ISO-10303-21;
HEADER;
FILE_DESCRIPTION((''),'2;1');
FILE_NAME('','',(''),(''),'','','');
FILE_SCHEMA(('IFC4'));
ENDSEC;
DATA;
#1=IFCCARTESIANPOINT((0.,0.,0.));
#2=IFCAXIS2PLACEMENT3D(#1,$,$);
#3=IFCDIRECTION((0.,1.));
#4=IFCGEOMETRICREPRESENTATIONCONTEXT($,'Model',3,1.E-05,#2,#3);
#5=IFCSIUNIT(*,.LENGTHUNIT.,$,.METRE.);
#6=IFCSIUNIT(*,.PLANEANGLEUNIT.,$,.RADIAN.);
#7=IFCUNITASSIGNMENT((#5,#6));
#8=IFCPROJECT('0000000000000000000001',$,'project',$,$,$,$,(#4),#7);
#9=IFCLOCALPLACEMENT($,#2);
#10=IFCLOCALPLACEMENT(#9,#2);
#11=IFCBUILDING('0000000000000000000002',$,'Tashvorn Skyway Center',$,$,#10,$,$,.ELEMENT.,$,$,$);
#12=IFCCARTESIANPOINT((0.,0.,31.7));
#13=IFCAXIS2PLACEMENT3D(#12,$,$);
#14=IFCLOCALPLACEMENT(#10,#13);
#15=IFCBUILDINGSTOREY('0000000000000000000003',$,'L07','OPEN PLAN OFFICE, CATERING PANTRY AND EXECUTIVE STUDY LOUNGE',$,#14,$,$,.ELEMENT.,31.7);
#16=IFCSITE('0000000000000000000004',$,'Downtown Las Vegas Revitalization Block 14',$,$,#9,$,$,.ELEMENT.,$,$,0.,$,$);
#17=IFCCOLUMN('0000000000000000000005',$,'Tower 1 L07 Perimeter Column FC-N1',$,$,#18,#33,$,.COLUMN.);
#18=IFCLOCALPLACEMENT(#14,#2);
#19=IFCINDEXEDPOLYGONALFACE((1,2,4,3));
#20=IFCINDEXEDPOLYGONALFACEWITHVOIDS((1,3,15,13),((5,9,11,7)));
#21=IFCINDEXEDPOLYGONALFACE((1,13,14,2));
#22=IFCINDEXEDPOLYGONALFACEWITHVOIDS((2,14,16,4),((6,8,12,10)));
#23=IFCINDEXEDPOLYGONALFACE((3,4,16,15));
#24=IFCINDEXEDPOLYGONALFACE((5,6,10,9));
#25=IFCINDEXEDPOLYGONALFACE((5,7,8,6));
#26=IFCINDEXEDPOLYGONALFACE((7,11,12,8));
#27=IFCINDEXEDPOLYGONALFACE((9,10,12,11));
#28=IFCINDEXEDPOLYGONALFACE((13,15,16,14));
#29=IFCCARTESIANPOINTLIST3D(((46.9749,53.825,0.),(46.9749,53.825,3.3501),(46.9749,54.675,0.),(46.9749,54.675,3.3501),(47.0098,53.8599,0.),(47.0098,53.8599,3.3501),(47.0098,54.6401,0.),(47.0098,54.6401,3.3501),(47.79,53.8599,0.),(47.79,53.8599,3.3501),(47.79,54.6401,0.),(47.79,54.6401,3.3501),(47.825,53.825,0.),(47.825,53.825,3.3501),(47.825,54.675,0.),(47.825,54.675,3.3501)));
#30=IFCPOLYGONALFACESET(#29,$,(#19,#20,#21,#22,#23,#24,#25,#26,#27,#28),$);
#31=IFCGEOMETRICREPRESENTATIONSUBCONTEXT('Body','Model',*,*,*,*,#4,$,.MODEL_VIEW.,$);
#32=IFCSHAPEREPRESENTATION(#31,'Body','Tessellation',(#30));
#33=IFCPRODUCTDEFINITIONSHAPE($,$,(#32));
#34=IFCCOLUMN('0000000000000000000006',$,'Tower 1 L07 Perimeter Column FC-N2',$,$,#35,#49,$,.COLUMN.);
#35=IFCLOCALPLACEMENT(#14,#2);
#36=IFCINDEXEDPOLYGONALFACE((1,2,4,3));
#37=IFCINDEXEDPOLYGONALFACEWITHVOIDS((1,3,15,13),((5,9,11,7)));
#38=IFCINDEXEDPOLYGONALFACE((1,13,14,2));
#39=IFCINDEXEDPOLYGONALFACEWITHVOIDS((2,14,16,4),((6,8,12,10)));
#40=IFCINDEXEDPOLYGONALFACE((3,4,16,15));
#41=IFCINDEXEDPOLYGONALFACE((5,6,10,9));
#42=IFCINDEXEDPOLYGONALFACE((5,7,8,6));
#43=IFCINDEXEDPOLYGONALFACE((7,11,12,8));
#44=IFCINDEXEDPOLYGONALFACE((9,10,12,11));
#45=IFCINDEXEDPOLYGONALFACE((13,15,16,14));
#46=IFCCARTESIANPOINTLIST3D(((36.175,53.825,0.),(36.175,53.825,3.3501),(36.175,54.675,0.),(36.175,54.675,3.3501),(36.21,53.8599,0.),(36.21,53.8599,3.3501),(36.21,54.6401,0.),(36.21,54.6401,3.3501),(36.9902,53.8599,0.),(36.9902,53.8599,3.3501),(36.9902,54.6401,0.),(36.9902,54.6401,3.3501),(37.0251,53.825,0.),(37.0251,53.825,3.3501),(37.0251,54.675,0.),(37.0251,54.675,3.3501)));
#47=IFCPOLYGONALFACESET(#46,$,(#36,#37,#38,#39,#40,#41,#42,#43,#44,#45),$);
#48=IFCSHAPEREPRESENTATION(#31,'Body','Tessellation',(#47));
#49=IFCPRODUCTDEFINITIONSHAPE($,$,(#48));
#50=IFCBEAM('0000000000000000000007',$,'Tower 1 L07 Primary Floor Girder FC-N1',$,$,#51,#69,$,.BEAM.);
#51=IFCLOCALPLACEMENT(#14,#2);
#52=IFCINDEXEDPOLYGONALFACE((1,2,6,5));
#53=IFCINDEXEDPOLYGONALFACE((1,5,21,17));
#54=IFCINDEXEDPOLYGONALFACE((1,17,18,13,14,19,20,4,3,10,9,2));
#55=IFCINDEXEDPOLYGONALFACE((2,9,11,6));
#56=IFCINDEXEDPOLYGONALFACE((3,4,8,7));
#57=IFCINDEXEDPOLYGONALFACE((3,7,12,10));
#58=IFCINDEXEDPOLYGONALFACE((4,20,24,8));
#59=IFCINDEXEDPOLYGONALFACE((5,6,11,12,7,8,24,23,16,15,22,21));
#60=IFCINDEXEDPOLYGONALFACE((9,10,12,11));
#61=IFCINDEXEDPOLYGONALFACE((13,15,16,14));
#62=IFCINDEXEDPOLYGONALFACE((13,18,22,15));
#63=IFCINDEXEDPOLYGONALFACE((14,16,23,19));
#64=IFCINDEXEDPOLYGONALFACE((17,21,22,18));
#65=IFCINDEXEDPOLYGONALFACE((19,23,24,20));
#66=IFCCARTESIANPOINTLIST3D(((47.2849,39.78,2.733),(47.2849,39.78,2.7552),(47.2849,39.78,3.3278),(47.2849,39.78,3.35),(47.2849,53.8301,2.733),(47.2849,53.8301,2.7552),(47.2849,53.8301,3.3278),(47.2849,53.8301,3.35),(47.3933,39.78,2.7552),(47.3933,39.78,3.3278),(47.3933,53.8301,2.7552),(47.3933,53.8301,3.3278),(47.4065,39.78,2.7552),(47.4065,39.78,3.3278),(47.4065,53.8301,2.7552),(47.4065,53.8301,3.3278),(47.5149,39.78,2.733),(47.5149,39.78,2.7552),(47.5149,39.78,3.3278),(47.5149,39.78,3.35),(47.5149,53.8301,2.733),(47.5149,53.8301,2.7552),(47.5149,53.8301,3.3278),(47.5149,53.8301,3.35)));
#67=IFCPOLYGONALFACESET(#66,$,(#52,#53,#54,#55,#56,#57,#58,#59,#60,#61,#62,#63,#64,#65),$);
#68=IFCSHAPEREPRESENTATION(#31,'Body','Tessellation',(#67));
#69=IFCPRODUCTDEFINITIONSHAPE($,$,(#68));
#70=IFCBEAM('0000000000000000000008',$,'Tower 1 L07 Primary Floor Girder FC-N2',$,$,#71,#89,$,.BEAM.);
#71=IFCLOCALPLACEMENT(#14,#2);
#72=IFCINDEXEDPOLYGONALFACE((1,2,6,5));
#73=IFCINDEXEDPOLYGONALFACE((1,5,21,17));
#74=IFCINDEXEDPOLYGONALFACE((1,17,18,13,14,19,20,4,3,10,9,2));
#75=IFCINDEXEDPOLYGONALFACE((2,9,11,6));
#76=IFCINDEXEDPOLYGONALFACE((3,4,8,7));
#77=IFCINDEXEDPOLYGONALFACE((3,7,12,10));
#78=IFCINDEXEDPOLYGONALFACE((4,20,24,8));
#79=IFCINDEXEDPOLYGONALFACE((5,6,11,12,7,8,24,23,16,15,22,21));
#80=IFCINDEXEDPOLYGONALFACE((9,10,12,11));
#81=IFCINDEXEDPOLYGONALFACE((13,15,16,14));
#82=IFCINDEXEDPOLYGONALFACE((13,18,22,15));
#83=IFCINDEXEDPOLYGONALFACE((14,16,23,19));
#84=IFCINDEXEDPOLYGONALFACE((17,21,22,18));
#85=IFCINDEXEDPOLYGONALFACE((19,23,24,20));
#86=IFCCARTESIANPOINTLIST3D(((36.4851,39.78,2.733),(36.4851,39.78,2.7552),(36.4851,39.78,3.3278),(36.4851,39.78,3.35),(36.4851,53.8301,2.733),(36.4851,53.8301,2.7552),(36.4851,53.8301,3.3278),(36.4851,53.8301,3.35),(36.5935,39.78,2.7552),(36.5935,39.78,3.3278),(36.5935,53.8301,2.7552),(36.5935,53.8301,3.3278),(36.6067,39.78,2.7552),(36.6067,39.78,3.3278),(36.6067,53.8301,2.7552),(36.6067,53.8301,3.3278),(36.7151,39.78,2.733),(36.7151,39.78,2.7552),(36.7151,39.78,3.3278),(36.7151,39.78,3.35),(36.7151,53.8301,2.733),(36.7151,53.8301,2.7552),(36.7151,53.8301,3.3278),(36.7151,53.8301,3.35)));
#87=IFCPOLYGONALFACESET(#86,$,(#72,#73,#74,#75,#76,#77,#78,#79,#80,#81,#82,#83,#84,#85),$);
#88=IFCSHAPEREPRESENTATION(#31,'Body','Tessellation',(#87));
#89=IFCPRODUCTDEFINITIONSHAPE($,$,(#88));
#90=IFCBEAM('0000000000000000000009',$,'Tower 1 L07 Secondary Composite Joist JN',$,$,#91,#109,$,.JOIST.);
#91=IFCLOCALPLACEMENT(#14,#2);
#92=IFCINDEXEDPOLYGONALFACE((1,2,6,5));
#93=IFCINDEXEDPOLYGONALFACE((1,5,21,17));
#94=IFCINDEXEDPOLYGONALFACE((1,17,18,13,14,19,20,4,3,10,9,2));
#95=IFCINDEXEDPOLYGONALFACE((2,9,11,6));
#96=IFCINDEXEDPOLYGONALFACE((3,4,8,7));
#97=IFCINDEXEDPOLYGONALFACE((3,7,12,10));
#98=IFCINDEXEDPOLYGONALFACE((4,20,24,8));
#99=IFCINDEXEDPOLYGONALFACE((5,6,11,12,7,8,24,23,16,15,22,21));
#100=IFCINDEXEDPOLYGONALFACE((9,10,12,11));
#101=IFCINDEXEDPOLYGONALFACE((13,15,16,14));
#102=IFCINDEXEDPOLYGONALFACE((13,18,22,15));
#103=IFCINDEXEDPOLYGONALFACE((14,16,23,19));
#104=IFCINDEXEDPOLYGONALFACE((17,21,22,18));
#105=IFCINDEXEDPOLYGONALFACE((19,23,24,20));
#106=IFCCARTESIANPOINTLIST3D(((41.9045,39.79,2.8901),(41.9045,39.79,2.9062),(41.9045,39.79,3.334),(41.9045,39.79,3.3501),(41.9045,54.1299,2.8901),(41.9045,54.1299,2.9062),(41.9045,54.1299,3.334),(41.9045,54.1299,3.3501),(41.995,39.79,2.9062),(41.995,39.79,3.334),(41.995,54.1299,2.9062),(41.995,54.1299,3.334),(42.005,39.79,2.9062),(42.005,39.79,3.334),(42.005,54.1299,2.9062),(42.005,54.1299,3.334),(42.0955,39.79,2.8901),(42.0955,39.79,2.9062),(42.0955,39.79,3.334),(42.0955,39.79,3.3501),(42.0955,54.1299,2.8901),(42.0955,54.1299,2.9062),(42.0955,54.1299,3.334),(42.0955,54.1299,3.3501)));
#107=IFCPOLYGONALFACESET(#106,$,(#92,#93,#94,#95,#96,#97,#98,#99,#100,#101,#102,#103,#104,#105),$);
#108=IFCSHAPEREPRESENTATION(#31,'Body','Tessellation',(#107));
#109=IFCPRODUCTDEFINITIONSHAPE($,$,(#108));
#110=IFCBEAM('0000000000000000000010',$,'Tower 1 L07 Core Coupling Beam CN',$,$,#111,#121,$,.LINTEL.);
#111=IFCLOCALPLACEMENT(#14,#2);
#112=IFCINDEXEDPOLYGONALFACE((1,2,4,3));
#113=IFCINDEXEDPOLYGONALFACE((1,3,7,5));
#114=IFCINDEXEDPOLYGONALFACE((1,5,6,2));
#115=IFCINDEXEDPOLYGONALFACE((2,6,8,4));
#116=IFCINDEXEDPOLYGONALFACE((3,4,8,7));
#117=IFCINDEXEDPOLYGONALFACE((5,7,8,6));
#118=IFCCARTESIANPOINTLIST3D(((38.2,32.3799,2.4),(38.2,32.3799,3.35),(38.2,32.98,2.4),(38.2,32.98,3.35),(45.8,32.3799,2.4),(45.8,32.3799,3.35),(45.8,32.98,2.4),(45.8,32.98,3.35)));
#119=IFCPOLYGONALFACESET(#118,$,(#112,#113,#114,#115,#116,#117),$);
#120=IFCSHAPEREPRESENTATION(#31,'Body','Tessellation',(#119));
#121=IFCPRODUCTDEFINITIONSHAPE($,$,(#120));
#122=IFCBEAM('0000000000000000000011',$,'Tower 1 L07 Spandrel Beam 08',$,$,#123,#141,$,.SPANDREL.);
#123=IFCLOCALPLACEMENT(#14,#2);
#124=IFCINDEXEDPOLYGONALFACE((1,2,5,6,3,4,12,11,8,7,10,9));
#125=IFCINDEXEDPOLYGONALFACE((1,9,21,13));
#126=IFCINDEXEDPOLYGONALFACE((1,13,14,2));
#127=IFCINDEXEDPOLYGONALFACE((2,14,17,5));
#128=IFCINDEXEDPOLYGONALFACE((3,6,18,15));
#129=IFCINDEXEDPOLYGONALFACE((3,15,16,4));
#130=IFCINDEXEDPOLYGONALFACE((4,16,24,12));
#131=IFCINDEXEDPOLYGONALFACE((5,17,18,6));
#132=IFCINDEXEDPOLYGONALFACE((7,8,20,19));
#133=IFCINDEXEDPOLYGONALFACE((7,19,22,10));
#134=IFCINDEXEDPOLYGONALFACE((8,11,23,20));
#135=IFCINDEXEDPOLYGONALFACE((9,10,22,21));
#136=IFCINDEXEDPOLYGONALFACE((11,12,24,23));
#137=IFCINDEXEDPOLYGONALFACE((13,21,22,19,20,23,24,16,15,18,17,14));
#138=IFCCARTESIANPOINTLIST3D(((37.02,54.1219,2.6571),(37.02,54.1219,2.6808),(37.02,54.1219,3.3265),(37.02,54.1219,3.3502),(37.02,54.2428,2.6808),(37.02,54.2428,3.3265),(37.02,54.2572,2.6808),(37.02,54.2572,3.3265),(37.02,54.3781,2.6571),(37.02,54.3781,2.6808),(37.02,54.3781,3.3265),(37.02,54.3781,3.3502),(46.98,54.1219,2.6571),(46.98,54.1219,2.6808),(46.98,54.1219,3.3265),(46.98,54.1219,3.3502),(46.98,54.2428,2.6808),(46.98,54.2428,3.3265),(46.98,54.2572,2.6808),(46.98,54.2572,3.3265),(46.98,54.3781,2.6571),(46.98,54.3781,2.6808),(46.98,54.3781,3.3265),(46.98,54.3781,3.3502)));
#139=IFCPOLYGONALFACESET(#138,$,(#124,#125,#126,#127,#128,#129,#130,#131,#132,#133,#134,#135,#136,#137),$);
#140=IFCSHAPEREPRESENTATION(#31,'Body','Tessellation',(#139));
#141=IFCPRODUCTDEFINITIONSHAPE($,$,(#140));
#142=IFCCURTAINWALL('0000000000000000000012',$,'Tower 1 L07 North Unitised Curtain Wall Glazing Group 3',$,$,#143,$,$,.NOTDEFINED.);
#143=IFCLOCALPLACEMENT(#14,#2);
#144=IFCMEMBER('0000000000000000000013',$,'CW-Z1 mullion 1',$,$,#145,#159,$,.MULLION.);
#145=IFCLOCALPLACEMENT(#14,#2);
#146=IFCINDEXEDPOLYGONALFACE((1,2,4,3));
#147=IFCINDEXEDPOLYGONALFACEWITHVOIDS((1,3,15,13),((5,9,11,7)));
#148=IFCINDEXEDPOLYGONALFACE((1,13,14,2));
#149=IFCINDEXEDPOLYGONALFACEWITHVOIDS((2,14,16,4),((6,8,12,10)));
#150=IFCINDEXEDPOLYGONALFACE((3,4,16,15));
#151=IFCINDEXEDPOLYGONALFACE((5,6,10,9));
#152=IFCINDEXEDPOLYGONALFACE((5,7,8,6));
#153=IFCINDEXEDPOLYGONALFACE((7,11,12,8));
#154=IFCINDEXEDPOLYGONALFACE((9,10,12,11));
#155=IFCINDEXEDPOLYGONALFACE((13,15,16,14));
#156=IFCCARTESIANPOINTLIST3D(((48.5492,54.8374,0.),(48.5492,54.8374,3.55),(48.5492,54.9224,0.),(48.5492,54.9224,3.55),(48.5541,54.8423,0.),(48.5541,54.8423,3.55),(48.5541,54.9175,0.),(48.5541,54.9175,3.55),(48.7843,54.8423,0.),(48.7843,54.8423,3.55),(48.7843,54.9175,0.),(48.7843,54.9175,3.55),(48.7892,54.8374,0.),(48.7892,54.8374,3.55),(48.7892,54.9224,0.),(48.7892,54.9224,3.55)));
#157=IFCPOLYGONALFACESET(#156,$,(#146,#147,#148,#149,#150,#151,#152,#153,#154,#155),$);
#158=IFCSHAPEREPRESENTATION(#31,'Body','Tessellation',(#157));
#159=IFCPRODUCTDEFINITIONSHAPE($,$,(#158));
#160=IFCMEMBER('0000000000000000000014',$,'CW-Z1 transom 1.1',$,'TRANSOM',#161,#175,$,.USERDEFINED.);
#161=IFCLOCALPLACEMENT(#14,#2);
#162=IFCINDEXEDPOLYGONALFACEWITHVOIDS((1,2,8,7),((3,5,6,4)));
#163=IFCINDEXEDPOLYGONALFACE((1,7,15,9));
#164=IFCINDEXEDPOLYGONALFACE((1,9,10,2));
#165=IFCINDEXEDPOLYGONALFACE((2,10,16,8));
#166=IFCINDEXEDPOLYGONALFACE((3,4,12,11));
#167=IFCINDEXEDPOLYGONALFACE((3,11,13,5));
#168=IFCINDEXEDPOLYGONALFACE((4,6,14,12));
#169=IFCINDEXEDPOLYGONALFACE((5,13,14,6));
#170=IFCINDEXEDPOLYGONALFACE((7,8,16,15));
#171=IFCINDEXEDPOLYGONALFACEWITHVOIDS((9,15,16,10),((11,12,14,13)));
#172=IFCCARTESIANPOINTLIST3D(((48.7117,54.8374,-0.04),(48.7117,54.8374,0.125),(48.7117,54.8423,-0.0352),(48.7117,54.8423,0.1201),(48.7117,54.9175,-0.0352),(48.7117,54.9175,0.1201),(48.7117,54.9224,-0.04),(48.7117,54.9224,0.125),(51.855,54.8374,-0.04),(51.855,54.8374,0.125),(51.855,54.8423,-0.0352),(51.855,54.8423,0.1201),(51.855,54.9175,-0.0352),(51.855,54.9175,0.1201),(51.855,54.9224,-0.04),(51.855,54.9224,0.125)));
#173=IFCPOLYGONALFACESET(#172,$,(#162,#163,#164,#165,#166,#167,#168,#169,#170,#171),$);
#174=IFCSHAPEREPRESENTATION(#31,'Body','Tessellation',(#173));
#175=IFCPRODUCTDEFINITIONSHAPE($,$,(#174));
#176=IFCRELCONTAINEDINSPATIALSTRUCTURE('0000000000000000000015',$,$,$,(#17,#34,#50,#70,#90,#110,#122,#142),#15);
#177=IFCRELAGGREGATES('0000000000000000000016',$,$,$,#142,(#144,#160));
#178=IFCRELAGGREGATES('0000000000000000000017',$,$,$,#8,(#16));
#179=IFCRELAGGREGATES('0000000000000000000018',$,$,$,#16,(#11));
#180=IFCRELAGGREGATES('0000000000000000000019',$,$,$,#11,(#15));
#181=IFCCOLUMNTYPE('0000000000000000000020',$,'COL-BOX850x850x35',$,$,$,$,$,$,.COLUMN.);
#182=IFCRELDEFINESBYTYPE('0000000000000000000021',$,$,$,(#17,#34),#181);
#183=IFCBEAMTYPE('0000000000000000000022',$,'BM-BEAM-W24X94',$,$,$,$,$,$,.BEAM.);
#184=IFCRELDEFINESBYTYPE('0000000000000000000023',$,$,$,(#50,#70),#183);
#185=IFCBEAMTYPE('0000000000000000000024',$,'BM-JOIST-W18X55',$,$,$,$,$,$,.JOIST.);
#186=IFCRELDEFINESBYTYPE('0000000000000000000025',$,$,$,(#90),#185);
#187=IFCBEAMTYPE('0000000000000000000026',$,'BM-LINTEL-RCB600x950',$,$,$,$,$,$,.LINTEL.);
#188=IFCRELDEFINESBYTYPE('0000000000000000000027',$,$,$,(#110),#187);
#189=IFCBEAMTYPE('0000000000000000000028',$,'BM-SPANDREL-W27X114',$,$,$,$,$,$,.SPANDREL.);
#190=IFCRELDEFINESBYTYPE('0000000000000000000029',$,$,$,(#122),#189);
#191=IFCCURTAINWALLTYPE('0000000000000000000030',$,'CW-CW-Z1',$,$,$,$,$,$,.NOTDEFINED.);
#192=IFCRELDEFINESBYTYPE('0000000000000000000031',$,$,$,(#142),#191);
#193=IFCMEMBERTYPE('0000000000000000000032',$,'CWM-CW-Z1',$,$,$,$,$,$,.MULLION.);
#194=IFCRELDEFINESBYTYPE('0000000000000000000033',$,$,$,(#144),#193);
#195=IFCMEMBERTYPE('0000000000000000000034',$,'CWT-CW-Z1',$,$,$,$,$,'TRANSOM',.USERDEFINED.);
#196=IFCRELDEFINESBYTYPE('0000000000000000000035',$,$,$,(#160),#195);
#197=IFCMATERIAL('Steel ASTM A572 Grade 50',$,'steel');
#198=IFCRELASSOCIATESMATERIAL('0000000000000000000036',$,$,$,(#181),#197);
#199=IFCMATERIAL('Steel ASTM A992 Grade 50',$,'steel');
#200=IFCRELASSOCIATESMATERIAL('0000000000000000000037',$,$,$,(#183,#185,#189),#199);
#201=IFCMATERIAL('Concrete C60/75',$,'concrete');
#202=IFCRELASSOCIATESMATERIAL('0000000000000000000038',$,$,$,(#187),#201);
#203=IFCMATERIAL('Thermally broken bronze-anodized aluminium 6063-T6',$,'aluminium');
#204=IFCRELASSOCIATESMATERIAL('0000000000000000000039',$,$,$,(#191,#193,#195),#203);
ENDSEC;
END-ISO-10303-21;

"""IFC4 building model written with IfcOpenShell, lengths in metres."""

from ifc_helpers import new_model, si_unit, direction, frame, origin, origin_2d, place, context, subcontext, project, spatial, rectangle, hollow_rectangle, i_section, extrude, material, material_profile, profile_set, type_object, element, aggregate, save


model = new_model("IFC4")

# Units and contexts
model_context = context("Model", 3, precision=1e-05, world=origin(), true_north=direction((0.0, 1.0)))
body_context = subcontext(model_context, "Body", "Model", "MODEL_VIEW")
ifc_project = project(units=[si_unit("LENGTHUNIT", "METRE"), si_unit("PLANEANGLEUNIT", "RADIAN")], contexts=[model_context])

# Site, building, storey
site_placement = place(None, origin())
site = spatial("IfcSite", under=ifc_project, at=site_placement, Name="Downtown Las Vegas Revitalization Block 14", CompositionType="ELEMENT", RefElevation=0.0)
building_placement = place(site_placement, origin())
building = spatial("IfcBuilding", under=site, at=building_placement, Name="Tashvorn Skyway Center", CompositionType="ELEMENT")
storey_placement = place(building_placement, frame((0.0, 0.0, 31.7)))
storey = spatial("IfcBuildingStorey", under=building, at=storey_placement, Name="L07", Description="OPEN PLAN OFFICE, CATERING PANTRY AND EXECUTIVE STUDY LOUNGE", CompositionType="ELEMENT", Elevation=31.7)

# Columns
ifc_material_1 = material(Name="Steel ASTM A572 Grade 50", Category="steel")
ifc_material_profile_1 = material_profile(ifc_material_1, hollow_rectangle(XDim=0.8501, YDim=0.8501, WallThickness=0.0349, at=origin_2d()), Name="BOX850x850x35")
ifc_profile_set_1 = profile_set([ifc_material_profile_1], Name="Steel ASTM A572 Grade 50")
column_type = type_object("IfcColumnType", Name="COL-BOX850x850x35", PredefinedType="COLUMN", material=ifc_profile_set_1)
for number, where, z_axis, x_axis, name in (
    (1, (47.3999, 54.25, 0.0), (0.0, 0.0, 1.0), (1.0, 0.0, 0.0), "Tower 1 L07 Perimeter Column FC-N1"),
    (2, (36.6001, 54.25, 0.0), (0.0, 0.0, 1.0), (1.0, 0.0, 0.0), "Tower 1 L07 Perimeter Column FC-N2"),
):
    element("IfcColumn", number, at=place(storey_placement, frame(where, z_axis=z_axis, x_axis=x_axis)), inside=storey, type_object=column_type, Name=name, PredefinedType="COLUMN", context=body_context, shape_type="SweptSolid", body=[
        extrude(hollow_rectangle(XDim=0.8501, YDim=0.8501, WallThickness=0.0349, at=origin_2d()), origin(), (0.0, 0.0, 1.0), 3.3501),
    ])

# Beams
ifc_material_2 = material(Name="Steel ASTM A992 Grade 50", Category="steel")
ifc_material_profile_2 = material_profile(ifc_material_2, i_section(OverallWidth=0.23, OverallDepth=0.6169, WebThickness=0.0132, FlangeThickness=0.0222, at=origin_2d()), Name="W24X94")
ifc_profile_set_2 = profile_set([ifc_material_profile_2], Name="Steel ASTM A992 Grade 50")
beam_type_1 = type_object("IfcBeamType", Name="BM-BEAM-W24X94", PredefinedType="BEAM", material=ifc_profile_set_2)
for number, where, z_axis, x_axis, name in (
    (3, (47.3999, 53.8301, 3.0415), (0.0, -1.0, 0.0), (1.0, 0.0, 0.0), "Tower 1 L07 Primary Floor Girder FC-N1"),
    (4, (36.6001, 53.8301, 3.0415), (0.0, -1.0, 0.0), (1.0, 0.0, 0.0), "Tower 1 L07 Primary Floor Girder FC-N2"),
):
    element("IfcBeam", number, at=place(storey_placement, frame(where, z_axis=z_axis, x_axis=x_axis)), inside=storey, type_object=beam_type_1, Name=name, PredefinedType="BEAM", context=body_context, shape_type="SweptSolid", body=[
        extrude(i_section(OverallWidth=0.23, OverallDepth=0.6169, WebThickness=0.0132, FlangeThickness=0.0222, at=origin_2d()), origin(), (0.0, 0.0, 1.0), 14.05),
    ])
ifc_material_profile_3 = material_profile(ifc_material_2, i_section(OverallWidth=0.1909, OverallDepth=0.46, WebThickness=0.01, FlangeThickness=0.0161, at=origin_2d()), Name="W18X55")
ifc_profile_set_3 = profile_set([ifc_material_profile_3], Name="Steel ASTM A992 Grade 50")
beam_type_2 = type_object("IfcBeamType", Name="BM-JOIST-W18X55", PredefinedType="JOIST", material=ifc_profile_set_3)
beam_1_placement = place(storey_placement, frame((42.0, 39.79, 3.1201), z_axis=(0.0, 1.0, 0.0), x_axis=(-1.0, 0.0, 0.0)))
element("IfcBeam", 5, at=beam_1_placement, inside=storey, type_object=beam_type_2, Name="Tower 1 L07 Secondary Composite Joist JN", PredefinedType="JOIST", context=body_context, shape_type="SweptSolid", body=[
    extrude(i_section(OverallWidth=0.1909, OverallDepth=0.46, WebThickness=0.01, FlangeThickness=0.0161, at=origin_2d()), origin(), (0.0, 0.0, 1.0), 14.3398),
])
ifc_material_3 = material(Name="Concrete C60/75", Category="concrete")
ifc_material_profile_4 = material_profile(ifc_material_3, rectangle(XDim=0.6001, YDim=0.95, at=origin_2d()), Name="RCB600x950")
ifc_profile_set_4 = profile_set([ifc_material_profile_4], Name="Concrete C60/75")
beam_type_3 = type_object("IfcBeamType", Name="BM-LINTEL-RCB600x950", PredefinedType="LINTEL", material=ifc_profile_set_4)
beam_2_placement = place(storey_placement, frame((38.2, 32.6799, 2.875), z_axis=(1.0, 0.0, 0.0), x_axis=(0.0, 1.0, 0.0)))
element("IfcBeam", 6, at=beam_2_placement, inside=storey, type_object=beam_type_3, Name="Tower 1 L07 Core Coupling Beam CN", PredefinedType="LINTEL", context=body_context, shape_type="SweptSolid", body=[
    extrude(rectangle(XDim=0.6001, YDim=0.95, at=origin_2d()), origin(), (0.0, 0.0, 1.0), 7.6001),
])
ifc_material_profile_5 = material_profile(ifc_material_2, i_section(OverallWidth=0.2561, OverallDepth=0.6931, WebThickness=0.0144, FlangeThickness=0.0237, at=origin_2d()), Name="W27X114")
ifc_profile_set_5 = profile_set([ifc_material_profile_5], Name="Steel ASTM A992 Grade 50")
beam_type_4 = type_object("IfcBeamType", Name="BM-SPANDREL-W27X114", PredefinedType="SPANDREL", material=ifc_profile_set_5)
beam_3_placement = place(storey_placement, frame((46.98, 54.25, 3.0037), z_axis=(-1.0, 0.0, 0.0), x_axis=(0.0, -1.0, 0.0)))
element("IfcBeam", 7, at=beam_3_placement, inside=storey, type_object=beam_type_4, Name="Tower 1 L07 Spandrel Beam 08", PredefinedType="SPANDREL", context=body_context, shape_type="SweptSolid", body=[
    extrude(i_section(OverallWidth=0.2561, OverallDepth=0.6931, WebThickness=0.0144, FlangeThickness=0.0237, at=origin_2d()), origin(), (0.0, 0.0, 1.0), 9.96),
])

# Curtain wall, members
ifc_material_4 = material(Name="Thermally broken bronze-anodized aluminium 6063-T6", Category="aluminium")
curtain_wall_type = type_object("IfcCurtainWallType", Name="CW-CW-Z1", PredefinedType="NOTDEFINED", material=ifc_material_4)
curtain_wall_placement = place(storey_placement, origin())
curtain_wall = element("IfcCurtainWall", 8, at=curtain_wall_placement, inside=storey, type_object=curtain_wall_type, Name="Tower 1 L07 North Unitised Curtain Wall Glazing Group 3", PredefinedType="NOTDEFINED")
ifc_material_profile_6 = material_profile(ifc_material_4, hollow_rectangle(XDim=0.085, YDim=0.24, WallThickness=0.0049, at=origin_2d()), Name="ALU-MULL-85x240")
ifc_profile_set_6 = profile_set([ifc_material_profile_6], Name="Thermally broken bronze-anodized aluminium 6063-T6")
member_type_1 = type_object("IfcMemberType", Name="CWM-CW-Z1", PredefinedType="MULLION", material=ifc_profile_set_6)
member_1_placement = place(storey_placement, frame((48.6692, 54.8799, 0.0), z_axis=(0.0, 0.0, 1.0), x_axis=(0.0, 1.0, 0.0)))
member_1 = element("IfcMember", 9, at=member_1_placement, type_object=member_type_1, Name="CW-Z1 mullion 1", PredefinedType="MULLION", context=body_context, shape_type="SweptSolid", body=[
    extrude(hollow_rectangle(XDim=0.085, YDim=0.24, WallThickness=0.0049, at=origin_2d()), origin(), (0.0, 0.0, 1.0), 3.55),
])
ifc_material_profile_7 = material_profile(ifc_material_4, hollow_rectangle(XDim=0.085, YDim=0.165, WallThickness=0.0049, at=origin_2d()), Name="ALU-TRAN-85x165")
ifc_profile_set_7 = profile_set([ifc_material_profile_7], Name="Thermally broken bronze-anodized aluminium 6063-T6")
member_type_2 = type_object("IfcMemberType", Name="CWT-CW-Z1", ElementType="TRANSOM", PredefinedType="USERDEFINED", material=ifc_profile_set_7)
member_2_placement = place(storey_placement, frame((48.7117, 54.8799, 0.0425), z_axis=(1.0, 0.0, 0.0), x_axis=(0.0, 1.0, 0.0)))
member_2 = element("IfcMember", 10, at=member_2_placement, type_object=member_type_2, Name="CW-Z1 transom 1.1", ObjectType="TRANSOM", PredefinedType="USERDEFINED", context=body_context, shape_type="SweptSolid", body=[
    extrude(hollow_rectangle(XDim=0.085, YDim=0.165, WallThickness=0.0049, at=origin_2d()), origin(), (0.0, 0.0, 1.0), 3.1433),
])
aggregate(curtain_wall, [member_1, member_2])

save(model, "model.ifc")
